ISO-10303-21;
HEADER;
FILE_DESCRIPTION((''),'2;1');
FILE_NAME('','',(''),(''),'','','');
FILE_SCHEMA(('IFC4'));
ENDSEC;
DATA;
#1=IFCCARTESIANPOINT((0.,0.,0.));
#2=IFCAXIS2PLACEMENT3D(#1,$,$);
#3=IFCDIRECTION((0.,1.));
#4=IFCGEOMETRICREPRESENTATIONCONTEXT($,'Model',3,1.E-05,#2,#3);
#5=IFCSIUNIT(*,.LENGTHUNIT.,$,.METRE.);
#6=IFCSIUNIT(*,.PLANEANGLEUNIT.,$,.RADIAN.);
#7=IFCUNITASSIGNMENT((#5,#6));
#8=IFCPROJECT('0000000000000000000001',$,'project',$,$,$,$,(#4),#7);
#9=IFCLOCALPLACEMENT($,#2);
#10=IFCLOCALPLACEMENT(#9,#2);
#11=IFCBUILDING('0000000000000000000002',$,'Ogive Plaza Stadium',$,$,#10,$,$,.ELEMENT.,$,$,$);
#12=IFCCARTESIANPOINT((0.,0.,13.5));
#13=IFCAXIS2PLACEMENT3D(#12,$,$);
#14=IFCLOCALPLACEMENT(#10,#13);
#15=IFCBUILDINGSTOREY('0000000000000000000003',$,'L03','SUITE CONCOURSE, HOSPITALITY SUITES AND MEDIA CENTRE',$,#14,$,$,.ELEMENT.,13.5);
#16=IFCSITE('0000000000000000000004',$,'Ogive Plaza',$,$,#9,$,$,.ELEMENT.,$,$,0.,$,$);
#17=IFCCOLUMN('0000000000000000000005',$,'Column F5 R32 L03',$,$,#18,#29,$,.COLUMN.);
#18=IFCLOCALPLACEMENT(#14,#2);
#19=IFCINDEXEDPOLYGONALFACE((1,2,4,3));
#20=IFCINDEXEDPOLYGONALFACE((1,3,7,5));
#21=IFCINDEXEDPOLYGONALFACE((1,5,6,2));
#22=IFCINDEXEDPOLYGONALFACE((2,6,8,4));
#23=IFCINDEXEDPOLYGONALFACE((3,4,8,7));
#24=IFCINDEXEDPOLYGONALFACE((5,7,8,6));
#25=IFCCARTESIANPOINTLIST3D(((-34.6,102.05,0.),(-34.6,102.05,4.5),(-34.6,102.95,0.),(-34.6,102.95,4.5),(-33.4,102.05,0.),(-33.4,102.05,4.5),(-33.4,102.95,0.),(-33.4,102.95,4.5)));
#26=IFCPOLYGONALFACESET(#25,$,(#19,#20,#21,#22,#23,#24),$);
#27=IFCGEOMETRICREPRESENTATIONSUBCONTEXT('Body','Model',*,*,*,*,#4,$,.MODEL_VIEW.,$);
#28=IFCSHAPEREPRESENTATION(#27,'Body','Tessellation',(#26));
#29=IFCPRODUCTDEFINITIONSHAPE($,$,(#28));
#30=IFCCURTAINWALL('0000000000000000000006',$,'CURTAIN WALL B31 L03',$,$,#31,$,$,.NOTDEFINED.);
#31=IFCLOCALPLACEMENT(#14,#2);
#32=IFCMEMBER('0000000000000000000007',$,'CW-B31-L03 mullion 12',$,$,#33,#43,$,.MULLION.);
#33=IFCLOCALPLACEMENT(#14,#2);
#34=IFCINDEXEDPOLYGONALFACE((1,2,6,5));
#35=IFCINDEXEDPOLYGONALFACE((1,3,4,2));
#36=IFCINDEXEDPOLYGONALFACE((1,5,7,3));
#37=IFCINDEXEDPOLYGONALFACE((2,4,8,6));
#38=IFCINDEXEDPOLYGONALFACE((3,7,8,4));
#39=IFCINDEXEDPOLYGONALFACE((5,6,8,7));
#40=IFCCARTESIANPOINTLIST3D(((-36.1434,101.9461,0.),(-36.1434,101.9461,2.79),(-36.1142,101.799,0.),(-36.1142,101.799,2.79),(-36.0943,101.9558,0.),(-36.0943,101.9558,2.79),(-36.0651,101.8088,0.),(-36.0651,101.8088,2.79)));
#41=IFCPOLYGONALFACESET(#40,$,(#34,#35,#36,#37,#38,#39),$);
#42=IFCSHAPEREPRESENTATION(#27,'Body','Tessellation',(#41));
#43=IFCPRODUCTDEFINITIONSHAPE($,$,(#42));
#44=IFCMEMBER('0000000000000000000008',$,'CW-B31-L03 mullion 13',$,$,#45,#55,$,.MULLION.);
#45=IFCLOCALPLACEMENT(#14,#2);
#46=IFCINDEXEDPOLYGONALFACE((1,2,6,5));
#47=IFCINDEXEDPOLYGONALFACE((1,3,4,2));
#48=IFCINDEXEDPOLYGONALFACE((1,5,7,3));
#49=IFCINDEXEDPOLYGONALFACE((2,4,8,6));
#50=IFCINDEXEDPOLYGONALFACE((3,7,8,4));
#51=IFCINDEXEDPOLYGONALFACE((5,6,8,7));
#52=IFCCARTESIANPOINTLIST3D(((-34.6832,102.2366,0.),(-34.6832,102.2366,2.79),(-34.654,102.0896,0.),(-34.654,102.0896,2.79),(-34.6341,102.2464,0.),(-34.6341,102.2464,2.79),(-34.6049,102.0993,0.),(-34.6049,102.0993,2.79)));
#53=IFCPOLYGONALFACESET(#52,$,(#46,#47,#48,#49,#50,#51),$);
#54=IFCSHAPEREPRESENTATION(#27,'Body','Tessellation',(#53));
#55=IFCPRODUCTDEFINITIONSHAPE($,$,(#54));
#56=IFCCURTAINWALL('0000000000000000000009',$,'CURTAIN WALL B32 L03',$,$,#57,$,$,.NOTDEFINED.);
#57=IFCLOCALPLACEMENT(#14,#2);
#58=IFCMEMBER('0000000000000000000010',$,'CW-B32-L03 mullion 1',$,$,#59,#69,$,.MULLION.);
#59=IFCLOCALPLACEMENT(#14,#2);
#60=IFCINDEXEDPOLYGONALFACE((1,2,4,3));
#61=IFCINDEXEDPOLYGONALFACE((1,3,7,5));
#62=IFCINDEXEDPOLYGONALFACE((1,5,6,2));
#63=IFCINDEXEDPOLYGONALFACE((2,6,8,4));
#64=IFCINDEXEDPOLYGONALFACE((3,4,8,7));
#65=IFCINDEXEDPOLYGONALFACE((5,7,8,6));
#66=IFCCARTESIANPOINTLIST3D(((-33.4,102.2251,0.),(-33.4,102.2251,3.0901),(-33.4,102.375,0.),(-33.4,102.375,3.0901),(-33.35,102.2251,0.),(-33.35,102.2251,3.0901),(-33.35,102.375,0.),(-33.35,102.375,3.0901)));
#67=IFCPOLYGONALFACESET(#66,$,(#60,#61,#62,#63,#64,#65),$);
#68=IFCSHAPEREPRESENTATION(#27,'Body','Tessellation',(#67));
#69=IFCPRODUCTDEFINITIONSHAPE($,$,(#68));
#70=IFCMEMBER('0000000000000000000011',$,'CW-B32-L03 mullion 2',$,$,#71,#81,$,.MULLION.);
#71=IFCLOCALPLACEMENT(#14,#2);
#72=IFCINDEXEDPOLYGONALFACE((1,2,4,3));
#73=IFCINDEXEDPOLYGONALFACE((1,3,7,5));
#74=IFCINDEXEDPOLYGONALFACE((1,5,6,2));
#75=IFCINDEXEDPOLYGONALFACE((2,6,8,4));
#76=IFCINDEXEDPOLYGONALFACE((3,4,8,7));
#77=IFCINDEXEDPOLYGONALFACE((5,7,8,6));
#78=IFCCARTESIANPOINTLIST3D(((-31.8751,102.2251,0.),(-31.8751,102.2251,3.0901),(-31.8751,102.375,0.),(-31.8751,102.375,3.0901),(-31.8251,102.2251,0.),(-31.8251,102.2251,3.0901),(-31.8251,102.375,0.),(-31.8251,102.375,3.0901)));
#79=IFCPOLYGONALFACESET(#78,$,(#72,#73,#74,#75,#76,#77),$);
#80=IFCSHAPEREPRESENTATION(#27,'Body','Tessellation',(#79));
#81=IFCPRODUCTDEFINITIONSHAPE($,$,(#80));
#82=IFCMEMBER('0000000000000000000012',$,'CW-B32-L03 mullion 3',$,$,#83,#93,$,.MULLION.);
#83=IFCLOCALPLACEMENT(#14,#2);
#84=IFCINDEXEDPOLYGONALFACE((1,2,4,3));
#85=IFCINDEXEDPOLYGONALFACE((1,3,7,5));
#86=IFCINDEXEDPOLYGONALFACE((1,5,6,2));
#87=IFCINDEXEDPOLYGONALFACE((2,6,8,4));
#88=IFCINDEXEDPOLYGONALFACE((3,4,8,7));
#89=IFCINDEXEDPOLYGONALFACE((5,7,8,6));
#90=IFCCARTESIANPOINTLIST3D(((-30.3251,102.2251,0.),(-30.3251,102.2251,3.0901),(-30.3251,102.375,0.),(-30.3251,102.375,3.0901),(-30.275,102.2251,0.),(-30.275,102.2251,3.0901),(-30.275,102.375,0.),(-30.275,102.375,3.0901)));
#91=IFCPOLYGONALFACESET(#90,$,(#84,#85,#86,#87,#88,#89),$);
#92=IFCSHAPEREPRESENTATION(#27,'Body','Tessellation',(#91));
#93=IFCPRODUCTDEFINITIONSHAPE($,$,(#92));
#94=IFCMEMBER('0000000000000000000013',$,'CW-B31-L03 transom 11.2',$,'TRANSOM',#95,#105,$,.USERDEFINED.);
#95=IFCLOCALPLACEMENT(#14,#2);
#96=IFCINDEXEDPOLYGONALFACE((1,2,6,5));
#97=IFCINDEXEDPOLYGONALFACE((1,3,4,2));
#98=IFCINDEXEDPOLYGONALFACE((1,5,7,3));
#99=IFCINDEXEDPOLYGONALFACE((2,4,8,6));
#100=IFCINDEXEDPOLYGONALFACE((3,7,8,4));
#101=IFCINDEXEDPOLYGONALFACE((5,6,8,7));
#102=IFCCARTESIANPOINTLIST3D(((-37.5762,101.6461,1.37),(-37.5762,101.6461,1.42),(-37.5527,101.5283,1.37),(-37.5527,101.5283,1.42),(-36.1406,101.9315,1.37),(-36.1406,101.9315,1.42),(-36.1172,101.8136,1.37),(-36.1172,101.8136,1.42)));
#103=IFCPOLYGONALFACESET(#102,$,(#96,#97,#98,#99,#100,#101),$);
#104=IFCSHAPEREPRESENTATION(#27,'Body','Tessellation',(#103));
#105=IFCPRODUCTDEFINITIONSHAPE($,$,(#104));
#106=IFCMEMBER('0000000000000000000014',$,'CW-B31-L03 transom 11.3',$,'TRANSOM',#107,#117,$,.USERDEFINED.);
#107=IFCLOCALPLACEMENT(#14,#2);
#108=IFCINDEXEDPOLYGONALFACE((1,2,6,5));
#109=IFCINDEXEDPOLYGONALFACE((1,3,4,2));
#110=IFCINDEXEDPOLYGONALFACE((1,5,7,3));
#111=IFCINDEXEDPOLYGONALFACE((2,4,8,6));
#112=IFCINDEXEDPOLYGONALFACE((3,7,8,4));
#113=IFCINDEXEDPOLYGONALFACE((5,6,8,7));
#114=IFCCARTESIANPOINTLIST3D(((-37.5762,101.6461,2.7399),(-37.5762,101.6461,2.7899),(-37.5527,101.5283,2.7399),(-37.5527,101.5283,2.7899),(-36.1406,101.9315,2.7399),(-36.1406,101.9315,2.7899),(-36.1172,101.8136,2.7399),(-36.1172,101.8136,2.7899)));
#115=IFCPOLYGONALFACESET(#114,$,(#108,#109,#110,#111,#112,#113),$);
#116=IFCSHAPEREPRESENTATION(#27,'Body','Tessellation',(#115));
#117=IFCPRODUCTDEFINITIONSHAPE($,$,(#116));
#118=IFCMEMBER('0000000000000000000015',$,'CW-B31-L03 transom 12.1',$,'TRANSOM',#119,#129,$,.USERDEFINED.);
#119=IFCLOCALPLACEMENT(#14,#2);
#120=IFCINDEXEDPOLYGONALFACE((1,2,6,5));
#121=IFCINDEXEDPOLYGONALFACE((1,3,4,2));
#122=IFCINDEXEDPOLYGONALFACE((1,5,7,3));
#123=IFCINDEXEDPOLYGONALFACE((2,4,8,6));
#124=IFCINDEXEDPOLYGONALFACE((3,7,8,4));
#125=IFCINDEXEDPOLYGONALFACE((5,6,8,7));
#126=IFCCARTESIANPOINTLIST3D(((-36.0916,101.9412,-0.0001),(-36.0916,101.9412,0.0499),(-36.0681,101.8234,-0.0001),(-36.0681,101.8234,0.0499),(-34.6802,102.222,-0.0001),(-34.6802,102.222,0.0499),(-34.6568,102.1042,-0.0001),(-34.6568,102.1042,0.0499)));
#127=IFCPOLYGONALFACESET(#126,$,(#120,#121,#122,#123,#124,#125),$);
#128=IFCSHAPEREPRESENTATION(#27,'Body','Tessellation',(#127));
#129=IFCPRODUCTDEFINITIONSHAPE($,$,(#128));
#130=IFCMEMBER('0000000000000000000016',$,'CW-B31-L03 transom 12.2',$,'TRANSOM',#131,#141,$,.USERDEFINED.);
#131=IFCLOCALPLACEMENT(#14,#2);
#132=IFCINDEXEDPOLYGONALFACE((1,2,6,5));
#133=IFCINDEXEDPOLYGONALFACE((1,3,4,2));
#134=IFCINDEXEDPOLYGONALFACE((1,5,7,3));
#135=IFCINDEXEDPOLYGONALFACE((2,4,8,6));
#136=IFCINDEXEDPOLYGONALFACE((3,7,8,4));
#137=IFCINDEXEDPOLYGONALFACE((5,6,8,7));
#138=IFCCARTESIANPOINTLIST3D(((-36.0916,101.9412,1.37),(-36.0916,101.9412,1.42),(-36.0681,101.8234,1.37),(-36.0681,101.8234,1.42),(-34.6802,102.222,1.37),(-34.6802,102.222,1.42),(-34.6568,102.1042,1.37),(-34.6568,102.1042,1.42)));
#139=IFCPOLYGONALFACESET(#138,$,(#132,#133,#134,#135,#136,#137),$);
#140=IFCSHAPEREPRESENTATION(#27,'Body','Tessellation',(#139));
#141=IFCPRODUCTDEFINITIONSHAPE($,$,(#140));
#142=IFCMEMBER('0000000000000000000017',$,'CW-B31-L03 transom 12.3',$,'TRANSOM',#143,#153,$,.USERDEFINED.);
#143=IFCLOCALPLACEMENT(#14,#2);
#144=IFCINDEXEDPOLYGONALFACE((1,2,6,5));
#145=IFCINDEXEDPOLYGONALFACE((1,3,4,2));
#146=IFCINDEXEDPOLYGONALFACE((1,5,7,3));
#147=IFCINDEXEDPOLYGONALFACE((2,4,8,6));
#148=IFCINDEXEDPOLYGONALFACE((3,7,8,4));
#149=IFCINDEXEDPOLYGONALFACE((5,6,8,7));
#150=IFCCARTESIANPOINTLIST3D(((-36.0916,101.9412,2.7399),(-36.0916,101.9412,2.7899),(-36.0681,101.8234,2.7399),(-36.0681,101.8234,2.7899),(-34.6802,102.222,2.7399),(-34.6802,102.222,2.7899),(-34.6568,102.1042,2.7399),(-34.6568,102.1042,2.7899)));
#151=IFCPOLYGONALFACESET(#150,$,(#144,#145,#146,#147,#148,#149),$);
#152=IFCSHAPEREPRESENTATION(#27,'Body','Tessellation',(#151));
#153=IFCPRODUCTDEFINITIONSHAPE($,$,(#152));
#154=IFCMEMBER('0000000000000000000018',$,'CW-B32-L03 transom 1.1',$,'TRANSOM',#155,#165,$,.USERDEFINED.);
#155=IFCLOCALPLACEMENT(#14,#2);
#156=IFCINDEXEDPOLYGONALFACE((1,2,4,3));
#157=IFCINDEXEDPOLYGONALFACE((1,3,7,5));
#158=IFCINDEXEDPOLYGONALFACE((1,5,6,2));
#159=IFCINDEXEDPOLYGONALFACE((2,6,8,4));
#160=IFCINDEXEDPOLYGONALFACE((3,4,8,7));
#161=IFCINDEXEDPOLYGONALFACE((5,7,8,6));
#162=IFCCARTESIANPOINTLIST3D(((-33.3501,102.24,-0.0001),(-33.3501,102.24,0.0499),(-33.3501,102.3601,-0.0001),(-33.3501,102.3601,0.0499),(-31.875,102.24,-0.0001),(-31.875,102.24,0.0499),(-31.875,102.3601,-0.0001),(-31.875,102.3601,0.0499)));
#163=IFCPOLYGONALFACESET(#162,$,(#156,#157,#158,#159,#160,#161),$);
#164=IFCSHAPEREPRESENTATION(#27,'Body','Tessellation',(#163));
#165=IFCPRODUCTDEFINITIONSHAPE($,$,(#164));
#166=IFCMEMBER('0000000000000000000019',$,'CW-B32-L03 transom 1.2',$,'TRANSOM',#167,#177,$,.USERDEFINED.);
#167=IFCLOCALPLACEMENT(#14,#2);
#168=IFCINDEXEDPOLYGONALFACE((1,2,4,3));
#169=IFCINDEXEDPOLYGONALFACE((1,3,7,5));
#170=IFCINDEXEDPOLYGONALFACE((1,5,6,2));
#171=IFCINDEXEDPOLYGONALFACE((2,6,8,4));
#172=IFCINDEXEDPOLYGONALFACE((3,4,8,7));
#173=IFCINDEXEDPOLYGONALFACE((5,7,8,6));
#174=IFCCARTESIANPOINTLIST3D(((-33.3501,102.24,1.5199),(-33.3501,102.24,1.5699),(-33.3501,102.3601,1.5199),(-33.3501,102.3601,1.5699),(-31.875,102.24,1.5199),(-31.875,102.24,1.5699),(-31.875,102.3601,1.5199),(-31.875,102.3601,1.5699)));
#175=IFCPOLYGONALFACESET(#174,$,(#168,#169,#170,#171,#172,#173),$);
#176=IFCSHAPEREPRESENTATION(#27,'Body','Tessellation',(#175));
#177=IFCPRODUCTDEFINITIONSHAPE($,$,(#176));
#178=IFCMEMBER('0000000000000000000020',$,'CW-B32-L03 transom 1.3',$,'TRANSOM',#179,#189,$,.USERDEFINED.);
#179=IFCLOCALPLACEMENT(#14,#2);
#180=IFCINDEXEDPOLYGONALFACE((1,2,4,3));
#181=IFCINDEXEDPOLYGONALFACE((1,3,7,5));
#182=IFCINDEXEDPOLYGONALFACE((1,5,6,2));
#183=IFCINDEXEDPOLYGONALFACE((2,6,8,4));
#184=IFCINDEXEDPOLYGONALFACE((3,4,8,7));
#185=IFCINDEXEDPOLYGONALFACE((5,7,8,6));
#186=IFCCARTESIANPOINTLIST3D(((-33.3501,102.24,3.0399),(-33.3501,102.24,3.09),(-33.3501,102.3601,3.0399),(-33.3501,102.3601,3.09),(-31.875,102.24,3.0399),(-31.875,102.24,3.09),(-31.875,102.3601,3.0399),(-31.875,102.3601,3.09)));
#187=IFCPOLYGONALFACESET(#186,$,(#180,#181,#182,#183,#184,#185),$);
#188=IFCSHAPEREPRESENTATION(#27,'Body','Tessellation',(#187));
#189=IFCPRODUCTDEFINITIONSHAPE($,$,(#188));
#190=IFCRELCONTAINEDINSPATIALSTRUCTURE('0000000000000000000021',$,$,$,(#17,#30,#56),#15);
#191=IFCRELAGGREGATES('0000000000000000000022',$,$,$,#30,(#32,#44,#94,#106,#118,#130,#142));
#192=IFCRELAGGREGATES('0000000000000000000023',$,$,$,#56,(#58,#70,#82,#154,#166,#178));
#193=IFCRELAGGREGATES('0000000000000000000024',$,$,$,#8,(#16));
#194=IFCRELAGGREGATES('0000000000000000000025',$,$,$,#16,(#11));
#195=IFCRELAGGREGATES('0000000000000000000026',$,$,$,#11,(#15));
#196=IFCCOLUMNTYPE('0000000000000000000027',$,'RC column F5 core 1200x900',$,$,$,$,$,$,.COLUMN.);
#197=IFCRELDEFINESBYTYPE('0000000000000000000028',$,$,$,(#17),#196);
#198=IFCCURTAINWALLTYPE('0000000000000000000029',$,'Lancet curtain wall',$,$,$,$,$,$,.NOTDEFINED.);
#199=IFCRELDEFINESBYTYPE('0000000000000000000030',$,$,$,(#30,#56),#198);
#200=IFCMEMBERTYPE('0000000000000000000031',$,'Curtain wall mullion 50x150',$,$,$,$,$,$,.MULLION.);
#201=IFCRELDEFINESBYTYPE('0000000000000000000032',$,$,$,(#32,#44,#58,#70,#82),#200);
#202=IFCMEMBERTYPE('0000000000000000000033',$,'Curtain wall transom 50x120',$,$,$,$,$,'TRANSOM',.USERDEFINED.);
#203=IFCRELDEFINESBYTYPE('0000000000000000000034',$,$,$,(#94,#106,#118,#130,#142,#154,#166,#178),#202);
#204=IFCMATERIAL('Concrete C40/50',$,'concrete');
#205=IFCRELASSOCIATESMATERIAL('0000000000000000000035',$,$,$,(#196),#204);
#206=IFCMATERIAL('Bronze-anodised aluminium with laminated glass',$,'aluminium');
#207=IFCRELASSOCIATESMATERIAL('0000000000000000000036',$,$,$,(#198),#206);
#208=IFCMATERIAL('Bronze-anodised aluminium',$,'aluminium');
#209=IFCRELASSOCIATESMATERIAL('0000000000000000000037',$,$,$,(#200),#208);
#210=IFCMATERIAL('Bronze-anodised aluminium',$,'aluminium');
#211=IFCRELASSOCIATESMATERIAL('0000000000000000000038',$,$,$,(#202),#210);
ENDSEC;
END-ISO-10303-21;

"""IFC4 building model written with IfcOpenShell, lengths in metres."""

from ifc_helpers import new_model, si_unit, direction, frame, origin, origin_2d, place, context, subcontext, project, spatial, rectangle, extrude, material, material_profile, profile_set, type_object, element, aggregate, save


model = new_model("IFC4")

# Units and contexts
model_context = context("Model", 3, precision=1e-05, world=origin(), true_north=direction((0.0, 1.0)))
body_context = subcontext(model_context, "Body", "Model", "MODEL_VIEW")
ifc_project = project(units=[si_unit("LENGTHUNIT", "METRE"), si_unit("PLANEANGLEUNIT", "RADIAN")], contexts=[model_context])

# Site, building, storey
site_placement = place(None, origin())
site = spatial("IfcSite", under=ifc_project, at=site_placement, Name="Ogive Plaza", CompositionType="ELEMENT", RefElevation=0.0)
building_placement = place(site_placement, origin())
building = spatial("IfcBuilding", under=site, at=building_placement, Name="Ogive Plaza Stadium", CompositionType="ELEMENT")
storey_placement = place(building_placement, frame((0.0, 0.0, 13.5)))
storey = spatial("IfcBuildingStorey", under=building, at=storey_placement, Name="L03", Description="SUITE CONCOURSE, HOSPITALITY SUITES AND MEDIA CENTRE", CompositionType="ELEMENT", Elevation=13.5)

# Column
ifc_material_1 = material(Name="Concrete C40/50", Category="concrete")
ifc_material_profile_1 = material_profile(ifc_material_1, rectangle(XDim=1.2, YDim=0.8999, at=origin_2d()), Name="RC 1200x900")
ifc_profile_set_1 = profile_set([ifc_material_profile_1], Name="Concrete C40/50")
column_type = type_object("IfcColumnType", Name="RC column F5 core 1200x900", PredefinedType="COLUMN", material=ifc_profile_set_1)
column_placement = place(storey_placement, frame((-34.0, 102.5, 0.0), z_axis=(0.0, 0.0, 1.0), x_axis=(-1.0, 0.0, 0.0)))
element("IfcColumn", 1, at=column_placement, inside=storey, type_object=column_type, Name="Column F5 R32 L03", PredefinedType="COLUMN", context=body_context, shape_type="SweptSolid", body=[
    extrude(rectangle(XDim=1.2, YDim=0.8999, at=origin_2d()), origin(), (0.0, 0.0, 1.0), 4.5),
])

# Curtain walls, members
ifc_material_2 = material(Name="Bronze-anodised aluminium with laminated glass", Category="aluminium")
curtain_wall_type = type_object("IfcCurtainWallType", Name="Lancet curtain wall", PredefinedType="NOTDEFINED", material=ifc_material_2)
curtain_wall_1_placement = place(storey_placement, origin())
curtain_wall_1 = element("IfcCurtainWall", 2, at=curtain_wall_1_placement, inside=storey, type_object=curtain_wall_type, Name="CURTAIN WALL B31 L03", PredefinedType="NOTDEFINED")
ifc_material_3 = material(Name="Bronze-anodised aluminium", Category="aluminium")
ifc_material_profile_2 = material_profile(ifc_material_3, rectangle(XDim=0.1499, YDim=0.05, at=origin_2d()), Name="AL 150x50")
ifc_profile_set_2 = profile_set([ifc_material_profile_2], Name="Bronze-anodised aluminium")
member_type_1 = type_object("IfcMemberType", Name="Curtain wall mullion 50x150", PredefinedType="MULLION", material=ifc_profile_set_2)
member_1_placement = place(storey_placement, frame((-36.1042, 101.8774, 0.0), z_axis=(0.0, 0.0, 1.0), x_axis=(-0.19509, 0.980785, 0.0)))
member_1 = element("IfcMember", 3, at=member_1_placement, type_object=member_type_1, Name="CW-B31-L03 mullion 12", PredefinedType="MULLION", context=body_context, shape_type="SweptSolid", body=[
    extrude(rectangle(XDim=0.1499, YDim=0.05, at=origin_2d()), origin(), (0.0, 0.0, 1.0), 2.79),
])
member_2_placement = place(storey_placement, frame((-34.644, 102.168, 0.0), z_axis=(0.0, 0.0, 1.0), x_axis=(-0.19509, 0.980785, 0.0)))
member_2 = element("IfcMember", 4, at=member_2_placement, type_object=member_type_1, Name="CW-B31-L03 mullion 13", PredefinedType="MULLION", context=body_context, shape_type="SweptSolid", body=[
    extrude(rectangle(XDim=0.1499, YDim=0.05, at=origin_2d()), origin(), (0.0, 0.0, 1.0), 2.79),
])
curtain_wall_2_placement = place(storey_placement, origin())
curtain_wall_2 = element("IfcCurtainWall", 5, at=curtain_wall_2_placement, inside=storey, type_object=curtain_wall_type, Name="CURTAIN WALL B32 L03", PredefinedType="NOTDEFINED")
member_3_placement = place(storey_placement, frame((-33.375, 102.3, 0.0), z_axis=(0.0, 0.0, 1.0), x_axis=(0.0, 1.0, 0.0)))
member_3 = element("IfcMember", 6, at=member_3_placement, type_object=member_type_1, Name="CW-B32-L03 mullion 1", PredefinedType="MULLION", context=body_context, shape_type="SweptSolid", body=[
    extrude(rectangle(XDim=0.1499, YDim=0.05, at=origin_2d()), origin(), (0.0, 0.0, 1.0), 3.0901),
])
member_4_placement = place(storey_placement, frame((-31.8501, 102.3, 0.0), z_axis=(0.0, 0.0, 1.0), x_axis=(0.0, 1.0, 0.0)))
member_4 = element("IfcMember", 7, at=member_4_placement, type_object=member_type_1, Name="CW-B32-L03 mullion 2", PredefinedType="MULLION", context=body_context, shape_type="SweptSolid", body=[
    extrude(rectangle(XDim=0.1499, YDim=0.05, at=origin_2d()), origin(), (0.0, 0.0, 1.0), 3.0901),
])
member_5_placement = place(storey_placement, frame((-30.3, 102.3, 0.0), z_axis=(0.0, 0.0, 1.0), x_axis=(0.0, 1.0, 0.0)))
member_5 = element("IfcMember", 8, at=member_5_placement, type_object=member_type_1, Name="CW-B32-L03 mullion 3", PredefinedType="MULLION", context=body_context, shape_type="SweptSolid", body=[
    extrude(rectangle(XDim=0.1499, YDim=0.05, at=origin_2d()), origin(), (0.0, 0.0, 1.0), 3.0901),
])

# Members
ifc_material_4 = material(Name="Bronze-anodised aluminium", Category="aluminium")
ifc_material_profile_3 = material_profile(ifc_material_4, rectangle(XDim=0.1201, YDim=0.05, at=origin_2d()), Name="AL 120x50")
ifc_profile_set_3 = profile_set([ifc_material_profile_3], Name="Bronze-anodised aluminium")
member_type_2 = type_object("IfcMemberType", Name="Curtain wall transom 50x120", ElementType="TRANSOM", PredefinedType="USERDEFINED", material=ifc_profile_set_3)
member_6_placement = place(storey_placement, frame((-37.5645, 101.5872, 1.395), z_axis=(0.980805, 0.194993, 0.0), x_axis=(-0.194993, 0.980805, 0.0)))
member_6 = element("IfcMember", 9, at=member_6_placement, type_object=member_type_2, Name="CW-B31-L03 transom 11.2", ObjectType="TRANSOM", PredefinedType="USERDEFINED", context=body_context, shape_type="SweptSolid", body=[
    extrude(rectangle(XDim=0.1201, YDim=0.05, at=origin_2d()), origin(), (0.0, 0.0, 1.0), 1.4636),
])
member_7_placement = place(storey_placement, frame((-37.5645, 101.5872, 2.7649), z_axis=(0.980805, 0.194993, 0.0), x_axis=(-0.194993, 0.980805, 0.0)))
member_7 = element("IfcMember", 10, at=member_7_placement, type_object=member_type_2, Name="CW-B31-L03 transom 11.3", ObjectType="TRANSOM", PredefinedType="USERDEFINED", context=body_context, shape_type="SweptSolid", body=[
    extrude(rectangle(XDim=0.1201, YDim=0.05, at=origin_2d()), origin(), (0.0, 0.0, 1.0), 1.4636),
])
member_8_placement = place(storey_placement, frame((-36.0798, 101.8823, 0.0249), z_axis=(0.980782, 0.195105, 0.0), x_axis=(-0.195105, 0.980782, 0.0)))
member_8 = element("IfcMember", 11, at=member_8_placement, type_object=member_type_2, Name="CW-B31-L03 transom 12.1", ObjectType="TRANSOM", PredefinedType="USERDEFINED", context=body_context, shape_type="SweptSolid", body=[
    extrude(rectangle(XDim=0.1201, YDim=0.05, at=origin_2d()), origin(), (0.0, 0.0, 1.0), 1.439),
])
member_9_placement = place(storey_placement, frame((-36.0798, 101.8823, 1.395), z_axis=(0.980782, 0.195105, 0.0), x_axis=(-0.195105, 0.980782, 0.0)))
member_9 = element("IfcMember", 12, at=member_9_placement, type_object=member_type_2, Name="CW-B31-L03 transom 12.2", ObjectType="TRANSOM", PredefinedType="USERDEFINED", context=body_context, shape_type="SweptSolid", body=[
    extrude(rectangle(XDim=0.1201, YDim=0.05, at=origin_2d()), origin(), (0.0, 0.0, 1.0), 1.439),
])
member_10_placement = place(storey_placement, frame((-36.0798, 101.8823, 2.7649), z_axis=(0.980782, 0.195105, 0.0), x_axis=(-0.195105, 0.980782, 0.0)))
member_10 = element("IfcMember", 13, at=member_10_placement, type_object=member_type_2, Name="CW-B31-L03 transom 12.3", ObjectType="TRANSOM", PredefinedType="USERDEFINED", context=body_context, shape_type="SweptSolid", body=[
    extrude(rectangle(XDim=0.1201, YDim=0.05, at=origin_2d()), origin(), (0.0, 0.0, 1.0), 1.439),
])
member_11_placement = place(storey_placement, frame((-33.3501, 102.3, 0.0249), z_axis=(1.0, 0.0, 0.0), x_axis=(0.0, 1.0, 0.0)))
member_11 = element("IfcMember", 14, at=member_11_placement, type_object=member_type_2, Name="CW-B32-L03 transom 1.1", ObjectType="TRANSOM", PredefinedType="USERDEFINED", context=body_context, shape_type="SweptSolid", body=[
    extrude(rectangle(XDim=0.1201, YDim=0.05, at=origin_2d()), origin(), (0.0, 0.0, 1.0), 1.4751),
])
member_12_placement = place(storey_placement, frame((-33.3501, 102.3, 1.5449), z_axis=(1.0, 0.0, 0.0), x_axis=(0.0, 1.0, 0.0)))
member_12 = element("IfcMember", 15, at=member_12_placement, type_object=member_type_2, Name="CW-B32-L03 transom 1.2", ObjectType="TRANSOM", PredefinedType="USERDEFINED", context=body_context, shape_type="SweptSolid", body=[
    extrude(rectangle(XDim=0.1201, YDim=0.05, at=origin_2d()), origin(), (0.0, 0.0, 1.0), 1.4751),
])
member_13_placement = place(storey_placement, frame((-33.3501, 102.3, 3.0649), z_axis=(1.0, 0.0, 0.0), x_axis=(0.0, 1.0, 0.0)))
member_13 = element("IfcMember", 16, at=member_13_placement, type_object=member_type_2, Name="CW-B32-L03 transom 1.3", ObjectType="TRANSOM", PredefinedType="USERDEFINED", context=body_context, shape_type="SweptSolid", body=[
    extrude(rectangle(XDim=0.1201, YDim=0.05, at=origin_2d()), origin(), (0.0, 0.0, 1.0), 1.4751),
])

aggregate(curtain_wall_1, [member_1, member_2, member_6, member_7, member_8, member_9, member_10])
aggregate(curtain_wall_2, [member_3, member_4, member_5, member_11, member_12, member_13])

save(model, "model.ifc")
